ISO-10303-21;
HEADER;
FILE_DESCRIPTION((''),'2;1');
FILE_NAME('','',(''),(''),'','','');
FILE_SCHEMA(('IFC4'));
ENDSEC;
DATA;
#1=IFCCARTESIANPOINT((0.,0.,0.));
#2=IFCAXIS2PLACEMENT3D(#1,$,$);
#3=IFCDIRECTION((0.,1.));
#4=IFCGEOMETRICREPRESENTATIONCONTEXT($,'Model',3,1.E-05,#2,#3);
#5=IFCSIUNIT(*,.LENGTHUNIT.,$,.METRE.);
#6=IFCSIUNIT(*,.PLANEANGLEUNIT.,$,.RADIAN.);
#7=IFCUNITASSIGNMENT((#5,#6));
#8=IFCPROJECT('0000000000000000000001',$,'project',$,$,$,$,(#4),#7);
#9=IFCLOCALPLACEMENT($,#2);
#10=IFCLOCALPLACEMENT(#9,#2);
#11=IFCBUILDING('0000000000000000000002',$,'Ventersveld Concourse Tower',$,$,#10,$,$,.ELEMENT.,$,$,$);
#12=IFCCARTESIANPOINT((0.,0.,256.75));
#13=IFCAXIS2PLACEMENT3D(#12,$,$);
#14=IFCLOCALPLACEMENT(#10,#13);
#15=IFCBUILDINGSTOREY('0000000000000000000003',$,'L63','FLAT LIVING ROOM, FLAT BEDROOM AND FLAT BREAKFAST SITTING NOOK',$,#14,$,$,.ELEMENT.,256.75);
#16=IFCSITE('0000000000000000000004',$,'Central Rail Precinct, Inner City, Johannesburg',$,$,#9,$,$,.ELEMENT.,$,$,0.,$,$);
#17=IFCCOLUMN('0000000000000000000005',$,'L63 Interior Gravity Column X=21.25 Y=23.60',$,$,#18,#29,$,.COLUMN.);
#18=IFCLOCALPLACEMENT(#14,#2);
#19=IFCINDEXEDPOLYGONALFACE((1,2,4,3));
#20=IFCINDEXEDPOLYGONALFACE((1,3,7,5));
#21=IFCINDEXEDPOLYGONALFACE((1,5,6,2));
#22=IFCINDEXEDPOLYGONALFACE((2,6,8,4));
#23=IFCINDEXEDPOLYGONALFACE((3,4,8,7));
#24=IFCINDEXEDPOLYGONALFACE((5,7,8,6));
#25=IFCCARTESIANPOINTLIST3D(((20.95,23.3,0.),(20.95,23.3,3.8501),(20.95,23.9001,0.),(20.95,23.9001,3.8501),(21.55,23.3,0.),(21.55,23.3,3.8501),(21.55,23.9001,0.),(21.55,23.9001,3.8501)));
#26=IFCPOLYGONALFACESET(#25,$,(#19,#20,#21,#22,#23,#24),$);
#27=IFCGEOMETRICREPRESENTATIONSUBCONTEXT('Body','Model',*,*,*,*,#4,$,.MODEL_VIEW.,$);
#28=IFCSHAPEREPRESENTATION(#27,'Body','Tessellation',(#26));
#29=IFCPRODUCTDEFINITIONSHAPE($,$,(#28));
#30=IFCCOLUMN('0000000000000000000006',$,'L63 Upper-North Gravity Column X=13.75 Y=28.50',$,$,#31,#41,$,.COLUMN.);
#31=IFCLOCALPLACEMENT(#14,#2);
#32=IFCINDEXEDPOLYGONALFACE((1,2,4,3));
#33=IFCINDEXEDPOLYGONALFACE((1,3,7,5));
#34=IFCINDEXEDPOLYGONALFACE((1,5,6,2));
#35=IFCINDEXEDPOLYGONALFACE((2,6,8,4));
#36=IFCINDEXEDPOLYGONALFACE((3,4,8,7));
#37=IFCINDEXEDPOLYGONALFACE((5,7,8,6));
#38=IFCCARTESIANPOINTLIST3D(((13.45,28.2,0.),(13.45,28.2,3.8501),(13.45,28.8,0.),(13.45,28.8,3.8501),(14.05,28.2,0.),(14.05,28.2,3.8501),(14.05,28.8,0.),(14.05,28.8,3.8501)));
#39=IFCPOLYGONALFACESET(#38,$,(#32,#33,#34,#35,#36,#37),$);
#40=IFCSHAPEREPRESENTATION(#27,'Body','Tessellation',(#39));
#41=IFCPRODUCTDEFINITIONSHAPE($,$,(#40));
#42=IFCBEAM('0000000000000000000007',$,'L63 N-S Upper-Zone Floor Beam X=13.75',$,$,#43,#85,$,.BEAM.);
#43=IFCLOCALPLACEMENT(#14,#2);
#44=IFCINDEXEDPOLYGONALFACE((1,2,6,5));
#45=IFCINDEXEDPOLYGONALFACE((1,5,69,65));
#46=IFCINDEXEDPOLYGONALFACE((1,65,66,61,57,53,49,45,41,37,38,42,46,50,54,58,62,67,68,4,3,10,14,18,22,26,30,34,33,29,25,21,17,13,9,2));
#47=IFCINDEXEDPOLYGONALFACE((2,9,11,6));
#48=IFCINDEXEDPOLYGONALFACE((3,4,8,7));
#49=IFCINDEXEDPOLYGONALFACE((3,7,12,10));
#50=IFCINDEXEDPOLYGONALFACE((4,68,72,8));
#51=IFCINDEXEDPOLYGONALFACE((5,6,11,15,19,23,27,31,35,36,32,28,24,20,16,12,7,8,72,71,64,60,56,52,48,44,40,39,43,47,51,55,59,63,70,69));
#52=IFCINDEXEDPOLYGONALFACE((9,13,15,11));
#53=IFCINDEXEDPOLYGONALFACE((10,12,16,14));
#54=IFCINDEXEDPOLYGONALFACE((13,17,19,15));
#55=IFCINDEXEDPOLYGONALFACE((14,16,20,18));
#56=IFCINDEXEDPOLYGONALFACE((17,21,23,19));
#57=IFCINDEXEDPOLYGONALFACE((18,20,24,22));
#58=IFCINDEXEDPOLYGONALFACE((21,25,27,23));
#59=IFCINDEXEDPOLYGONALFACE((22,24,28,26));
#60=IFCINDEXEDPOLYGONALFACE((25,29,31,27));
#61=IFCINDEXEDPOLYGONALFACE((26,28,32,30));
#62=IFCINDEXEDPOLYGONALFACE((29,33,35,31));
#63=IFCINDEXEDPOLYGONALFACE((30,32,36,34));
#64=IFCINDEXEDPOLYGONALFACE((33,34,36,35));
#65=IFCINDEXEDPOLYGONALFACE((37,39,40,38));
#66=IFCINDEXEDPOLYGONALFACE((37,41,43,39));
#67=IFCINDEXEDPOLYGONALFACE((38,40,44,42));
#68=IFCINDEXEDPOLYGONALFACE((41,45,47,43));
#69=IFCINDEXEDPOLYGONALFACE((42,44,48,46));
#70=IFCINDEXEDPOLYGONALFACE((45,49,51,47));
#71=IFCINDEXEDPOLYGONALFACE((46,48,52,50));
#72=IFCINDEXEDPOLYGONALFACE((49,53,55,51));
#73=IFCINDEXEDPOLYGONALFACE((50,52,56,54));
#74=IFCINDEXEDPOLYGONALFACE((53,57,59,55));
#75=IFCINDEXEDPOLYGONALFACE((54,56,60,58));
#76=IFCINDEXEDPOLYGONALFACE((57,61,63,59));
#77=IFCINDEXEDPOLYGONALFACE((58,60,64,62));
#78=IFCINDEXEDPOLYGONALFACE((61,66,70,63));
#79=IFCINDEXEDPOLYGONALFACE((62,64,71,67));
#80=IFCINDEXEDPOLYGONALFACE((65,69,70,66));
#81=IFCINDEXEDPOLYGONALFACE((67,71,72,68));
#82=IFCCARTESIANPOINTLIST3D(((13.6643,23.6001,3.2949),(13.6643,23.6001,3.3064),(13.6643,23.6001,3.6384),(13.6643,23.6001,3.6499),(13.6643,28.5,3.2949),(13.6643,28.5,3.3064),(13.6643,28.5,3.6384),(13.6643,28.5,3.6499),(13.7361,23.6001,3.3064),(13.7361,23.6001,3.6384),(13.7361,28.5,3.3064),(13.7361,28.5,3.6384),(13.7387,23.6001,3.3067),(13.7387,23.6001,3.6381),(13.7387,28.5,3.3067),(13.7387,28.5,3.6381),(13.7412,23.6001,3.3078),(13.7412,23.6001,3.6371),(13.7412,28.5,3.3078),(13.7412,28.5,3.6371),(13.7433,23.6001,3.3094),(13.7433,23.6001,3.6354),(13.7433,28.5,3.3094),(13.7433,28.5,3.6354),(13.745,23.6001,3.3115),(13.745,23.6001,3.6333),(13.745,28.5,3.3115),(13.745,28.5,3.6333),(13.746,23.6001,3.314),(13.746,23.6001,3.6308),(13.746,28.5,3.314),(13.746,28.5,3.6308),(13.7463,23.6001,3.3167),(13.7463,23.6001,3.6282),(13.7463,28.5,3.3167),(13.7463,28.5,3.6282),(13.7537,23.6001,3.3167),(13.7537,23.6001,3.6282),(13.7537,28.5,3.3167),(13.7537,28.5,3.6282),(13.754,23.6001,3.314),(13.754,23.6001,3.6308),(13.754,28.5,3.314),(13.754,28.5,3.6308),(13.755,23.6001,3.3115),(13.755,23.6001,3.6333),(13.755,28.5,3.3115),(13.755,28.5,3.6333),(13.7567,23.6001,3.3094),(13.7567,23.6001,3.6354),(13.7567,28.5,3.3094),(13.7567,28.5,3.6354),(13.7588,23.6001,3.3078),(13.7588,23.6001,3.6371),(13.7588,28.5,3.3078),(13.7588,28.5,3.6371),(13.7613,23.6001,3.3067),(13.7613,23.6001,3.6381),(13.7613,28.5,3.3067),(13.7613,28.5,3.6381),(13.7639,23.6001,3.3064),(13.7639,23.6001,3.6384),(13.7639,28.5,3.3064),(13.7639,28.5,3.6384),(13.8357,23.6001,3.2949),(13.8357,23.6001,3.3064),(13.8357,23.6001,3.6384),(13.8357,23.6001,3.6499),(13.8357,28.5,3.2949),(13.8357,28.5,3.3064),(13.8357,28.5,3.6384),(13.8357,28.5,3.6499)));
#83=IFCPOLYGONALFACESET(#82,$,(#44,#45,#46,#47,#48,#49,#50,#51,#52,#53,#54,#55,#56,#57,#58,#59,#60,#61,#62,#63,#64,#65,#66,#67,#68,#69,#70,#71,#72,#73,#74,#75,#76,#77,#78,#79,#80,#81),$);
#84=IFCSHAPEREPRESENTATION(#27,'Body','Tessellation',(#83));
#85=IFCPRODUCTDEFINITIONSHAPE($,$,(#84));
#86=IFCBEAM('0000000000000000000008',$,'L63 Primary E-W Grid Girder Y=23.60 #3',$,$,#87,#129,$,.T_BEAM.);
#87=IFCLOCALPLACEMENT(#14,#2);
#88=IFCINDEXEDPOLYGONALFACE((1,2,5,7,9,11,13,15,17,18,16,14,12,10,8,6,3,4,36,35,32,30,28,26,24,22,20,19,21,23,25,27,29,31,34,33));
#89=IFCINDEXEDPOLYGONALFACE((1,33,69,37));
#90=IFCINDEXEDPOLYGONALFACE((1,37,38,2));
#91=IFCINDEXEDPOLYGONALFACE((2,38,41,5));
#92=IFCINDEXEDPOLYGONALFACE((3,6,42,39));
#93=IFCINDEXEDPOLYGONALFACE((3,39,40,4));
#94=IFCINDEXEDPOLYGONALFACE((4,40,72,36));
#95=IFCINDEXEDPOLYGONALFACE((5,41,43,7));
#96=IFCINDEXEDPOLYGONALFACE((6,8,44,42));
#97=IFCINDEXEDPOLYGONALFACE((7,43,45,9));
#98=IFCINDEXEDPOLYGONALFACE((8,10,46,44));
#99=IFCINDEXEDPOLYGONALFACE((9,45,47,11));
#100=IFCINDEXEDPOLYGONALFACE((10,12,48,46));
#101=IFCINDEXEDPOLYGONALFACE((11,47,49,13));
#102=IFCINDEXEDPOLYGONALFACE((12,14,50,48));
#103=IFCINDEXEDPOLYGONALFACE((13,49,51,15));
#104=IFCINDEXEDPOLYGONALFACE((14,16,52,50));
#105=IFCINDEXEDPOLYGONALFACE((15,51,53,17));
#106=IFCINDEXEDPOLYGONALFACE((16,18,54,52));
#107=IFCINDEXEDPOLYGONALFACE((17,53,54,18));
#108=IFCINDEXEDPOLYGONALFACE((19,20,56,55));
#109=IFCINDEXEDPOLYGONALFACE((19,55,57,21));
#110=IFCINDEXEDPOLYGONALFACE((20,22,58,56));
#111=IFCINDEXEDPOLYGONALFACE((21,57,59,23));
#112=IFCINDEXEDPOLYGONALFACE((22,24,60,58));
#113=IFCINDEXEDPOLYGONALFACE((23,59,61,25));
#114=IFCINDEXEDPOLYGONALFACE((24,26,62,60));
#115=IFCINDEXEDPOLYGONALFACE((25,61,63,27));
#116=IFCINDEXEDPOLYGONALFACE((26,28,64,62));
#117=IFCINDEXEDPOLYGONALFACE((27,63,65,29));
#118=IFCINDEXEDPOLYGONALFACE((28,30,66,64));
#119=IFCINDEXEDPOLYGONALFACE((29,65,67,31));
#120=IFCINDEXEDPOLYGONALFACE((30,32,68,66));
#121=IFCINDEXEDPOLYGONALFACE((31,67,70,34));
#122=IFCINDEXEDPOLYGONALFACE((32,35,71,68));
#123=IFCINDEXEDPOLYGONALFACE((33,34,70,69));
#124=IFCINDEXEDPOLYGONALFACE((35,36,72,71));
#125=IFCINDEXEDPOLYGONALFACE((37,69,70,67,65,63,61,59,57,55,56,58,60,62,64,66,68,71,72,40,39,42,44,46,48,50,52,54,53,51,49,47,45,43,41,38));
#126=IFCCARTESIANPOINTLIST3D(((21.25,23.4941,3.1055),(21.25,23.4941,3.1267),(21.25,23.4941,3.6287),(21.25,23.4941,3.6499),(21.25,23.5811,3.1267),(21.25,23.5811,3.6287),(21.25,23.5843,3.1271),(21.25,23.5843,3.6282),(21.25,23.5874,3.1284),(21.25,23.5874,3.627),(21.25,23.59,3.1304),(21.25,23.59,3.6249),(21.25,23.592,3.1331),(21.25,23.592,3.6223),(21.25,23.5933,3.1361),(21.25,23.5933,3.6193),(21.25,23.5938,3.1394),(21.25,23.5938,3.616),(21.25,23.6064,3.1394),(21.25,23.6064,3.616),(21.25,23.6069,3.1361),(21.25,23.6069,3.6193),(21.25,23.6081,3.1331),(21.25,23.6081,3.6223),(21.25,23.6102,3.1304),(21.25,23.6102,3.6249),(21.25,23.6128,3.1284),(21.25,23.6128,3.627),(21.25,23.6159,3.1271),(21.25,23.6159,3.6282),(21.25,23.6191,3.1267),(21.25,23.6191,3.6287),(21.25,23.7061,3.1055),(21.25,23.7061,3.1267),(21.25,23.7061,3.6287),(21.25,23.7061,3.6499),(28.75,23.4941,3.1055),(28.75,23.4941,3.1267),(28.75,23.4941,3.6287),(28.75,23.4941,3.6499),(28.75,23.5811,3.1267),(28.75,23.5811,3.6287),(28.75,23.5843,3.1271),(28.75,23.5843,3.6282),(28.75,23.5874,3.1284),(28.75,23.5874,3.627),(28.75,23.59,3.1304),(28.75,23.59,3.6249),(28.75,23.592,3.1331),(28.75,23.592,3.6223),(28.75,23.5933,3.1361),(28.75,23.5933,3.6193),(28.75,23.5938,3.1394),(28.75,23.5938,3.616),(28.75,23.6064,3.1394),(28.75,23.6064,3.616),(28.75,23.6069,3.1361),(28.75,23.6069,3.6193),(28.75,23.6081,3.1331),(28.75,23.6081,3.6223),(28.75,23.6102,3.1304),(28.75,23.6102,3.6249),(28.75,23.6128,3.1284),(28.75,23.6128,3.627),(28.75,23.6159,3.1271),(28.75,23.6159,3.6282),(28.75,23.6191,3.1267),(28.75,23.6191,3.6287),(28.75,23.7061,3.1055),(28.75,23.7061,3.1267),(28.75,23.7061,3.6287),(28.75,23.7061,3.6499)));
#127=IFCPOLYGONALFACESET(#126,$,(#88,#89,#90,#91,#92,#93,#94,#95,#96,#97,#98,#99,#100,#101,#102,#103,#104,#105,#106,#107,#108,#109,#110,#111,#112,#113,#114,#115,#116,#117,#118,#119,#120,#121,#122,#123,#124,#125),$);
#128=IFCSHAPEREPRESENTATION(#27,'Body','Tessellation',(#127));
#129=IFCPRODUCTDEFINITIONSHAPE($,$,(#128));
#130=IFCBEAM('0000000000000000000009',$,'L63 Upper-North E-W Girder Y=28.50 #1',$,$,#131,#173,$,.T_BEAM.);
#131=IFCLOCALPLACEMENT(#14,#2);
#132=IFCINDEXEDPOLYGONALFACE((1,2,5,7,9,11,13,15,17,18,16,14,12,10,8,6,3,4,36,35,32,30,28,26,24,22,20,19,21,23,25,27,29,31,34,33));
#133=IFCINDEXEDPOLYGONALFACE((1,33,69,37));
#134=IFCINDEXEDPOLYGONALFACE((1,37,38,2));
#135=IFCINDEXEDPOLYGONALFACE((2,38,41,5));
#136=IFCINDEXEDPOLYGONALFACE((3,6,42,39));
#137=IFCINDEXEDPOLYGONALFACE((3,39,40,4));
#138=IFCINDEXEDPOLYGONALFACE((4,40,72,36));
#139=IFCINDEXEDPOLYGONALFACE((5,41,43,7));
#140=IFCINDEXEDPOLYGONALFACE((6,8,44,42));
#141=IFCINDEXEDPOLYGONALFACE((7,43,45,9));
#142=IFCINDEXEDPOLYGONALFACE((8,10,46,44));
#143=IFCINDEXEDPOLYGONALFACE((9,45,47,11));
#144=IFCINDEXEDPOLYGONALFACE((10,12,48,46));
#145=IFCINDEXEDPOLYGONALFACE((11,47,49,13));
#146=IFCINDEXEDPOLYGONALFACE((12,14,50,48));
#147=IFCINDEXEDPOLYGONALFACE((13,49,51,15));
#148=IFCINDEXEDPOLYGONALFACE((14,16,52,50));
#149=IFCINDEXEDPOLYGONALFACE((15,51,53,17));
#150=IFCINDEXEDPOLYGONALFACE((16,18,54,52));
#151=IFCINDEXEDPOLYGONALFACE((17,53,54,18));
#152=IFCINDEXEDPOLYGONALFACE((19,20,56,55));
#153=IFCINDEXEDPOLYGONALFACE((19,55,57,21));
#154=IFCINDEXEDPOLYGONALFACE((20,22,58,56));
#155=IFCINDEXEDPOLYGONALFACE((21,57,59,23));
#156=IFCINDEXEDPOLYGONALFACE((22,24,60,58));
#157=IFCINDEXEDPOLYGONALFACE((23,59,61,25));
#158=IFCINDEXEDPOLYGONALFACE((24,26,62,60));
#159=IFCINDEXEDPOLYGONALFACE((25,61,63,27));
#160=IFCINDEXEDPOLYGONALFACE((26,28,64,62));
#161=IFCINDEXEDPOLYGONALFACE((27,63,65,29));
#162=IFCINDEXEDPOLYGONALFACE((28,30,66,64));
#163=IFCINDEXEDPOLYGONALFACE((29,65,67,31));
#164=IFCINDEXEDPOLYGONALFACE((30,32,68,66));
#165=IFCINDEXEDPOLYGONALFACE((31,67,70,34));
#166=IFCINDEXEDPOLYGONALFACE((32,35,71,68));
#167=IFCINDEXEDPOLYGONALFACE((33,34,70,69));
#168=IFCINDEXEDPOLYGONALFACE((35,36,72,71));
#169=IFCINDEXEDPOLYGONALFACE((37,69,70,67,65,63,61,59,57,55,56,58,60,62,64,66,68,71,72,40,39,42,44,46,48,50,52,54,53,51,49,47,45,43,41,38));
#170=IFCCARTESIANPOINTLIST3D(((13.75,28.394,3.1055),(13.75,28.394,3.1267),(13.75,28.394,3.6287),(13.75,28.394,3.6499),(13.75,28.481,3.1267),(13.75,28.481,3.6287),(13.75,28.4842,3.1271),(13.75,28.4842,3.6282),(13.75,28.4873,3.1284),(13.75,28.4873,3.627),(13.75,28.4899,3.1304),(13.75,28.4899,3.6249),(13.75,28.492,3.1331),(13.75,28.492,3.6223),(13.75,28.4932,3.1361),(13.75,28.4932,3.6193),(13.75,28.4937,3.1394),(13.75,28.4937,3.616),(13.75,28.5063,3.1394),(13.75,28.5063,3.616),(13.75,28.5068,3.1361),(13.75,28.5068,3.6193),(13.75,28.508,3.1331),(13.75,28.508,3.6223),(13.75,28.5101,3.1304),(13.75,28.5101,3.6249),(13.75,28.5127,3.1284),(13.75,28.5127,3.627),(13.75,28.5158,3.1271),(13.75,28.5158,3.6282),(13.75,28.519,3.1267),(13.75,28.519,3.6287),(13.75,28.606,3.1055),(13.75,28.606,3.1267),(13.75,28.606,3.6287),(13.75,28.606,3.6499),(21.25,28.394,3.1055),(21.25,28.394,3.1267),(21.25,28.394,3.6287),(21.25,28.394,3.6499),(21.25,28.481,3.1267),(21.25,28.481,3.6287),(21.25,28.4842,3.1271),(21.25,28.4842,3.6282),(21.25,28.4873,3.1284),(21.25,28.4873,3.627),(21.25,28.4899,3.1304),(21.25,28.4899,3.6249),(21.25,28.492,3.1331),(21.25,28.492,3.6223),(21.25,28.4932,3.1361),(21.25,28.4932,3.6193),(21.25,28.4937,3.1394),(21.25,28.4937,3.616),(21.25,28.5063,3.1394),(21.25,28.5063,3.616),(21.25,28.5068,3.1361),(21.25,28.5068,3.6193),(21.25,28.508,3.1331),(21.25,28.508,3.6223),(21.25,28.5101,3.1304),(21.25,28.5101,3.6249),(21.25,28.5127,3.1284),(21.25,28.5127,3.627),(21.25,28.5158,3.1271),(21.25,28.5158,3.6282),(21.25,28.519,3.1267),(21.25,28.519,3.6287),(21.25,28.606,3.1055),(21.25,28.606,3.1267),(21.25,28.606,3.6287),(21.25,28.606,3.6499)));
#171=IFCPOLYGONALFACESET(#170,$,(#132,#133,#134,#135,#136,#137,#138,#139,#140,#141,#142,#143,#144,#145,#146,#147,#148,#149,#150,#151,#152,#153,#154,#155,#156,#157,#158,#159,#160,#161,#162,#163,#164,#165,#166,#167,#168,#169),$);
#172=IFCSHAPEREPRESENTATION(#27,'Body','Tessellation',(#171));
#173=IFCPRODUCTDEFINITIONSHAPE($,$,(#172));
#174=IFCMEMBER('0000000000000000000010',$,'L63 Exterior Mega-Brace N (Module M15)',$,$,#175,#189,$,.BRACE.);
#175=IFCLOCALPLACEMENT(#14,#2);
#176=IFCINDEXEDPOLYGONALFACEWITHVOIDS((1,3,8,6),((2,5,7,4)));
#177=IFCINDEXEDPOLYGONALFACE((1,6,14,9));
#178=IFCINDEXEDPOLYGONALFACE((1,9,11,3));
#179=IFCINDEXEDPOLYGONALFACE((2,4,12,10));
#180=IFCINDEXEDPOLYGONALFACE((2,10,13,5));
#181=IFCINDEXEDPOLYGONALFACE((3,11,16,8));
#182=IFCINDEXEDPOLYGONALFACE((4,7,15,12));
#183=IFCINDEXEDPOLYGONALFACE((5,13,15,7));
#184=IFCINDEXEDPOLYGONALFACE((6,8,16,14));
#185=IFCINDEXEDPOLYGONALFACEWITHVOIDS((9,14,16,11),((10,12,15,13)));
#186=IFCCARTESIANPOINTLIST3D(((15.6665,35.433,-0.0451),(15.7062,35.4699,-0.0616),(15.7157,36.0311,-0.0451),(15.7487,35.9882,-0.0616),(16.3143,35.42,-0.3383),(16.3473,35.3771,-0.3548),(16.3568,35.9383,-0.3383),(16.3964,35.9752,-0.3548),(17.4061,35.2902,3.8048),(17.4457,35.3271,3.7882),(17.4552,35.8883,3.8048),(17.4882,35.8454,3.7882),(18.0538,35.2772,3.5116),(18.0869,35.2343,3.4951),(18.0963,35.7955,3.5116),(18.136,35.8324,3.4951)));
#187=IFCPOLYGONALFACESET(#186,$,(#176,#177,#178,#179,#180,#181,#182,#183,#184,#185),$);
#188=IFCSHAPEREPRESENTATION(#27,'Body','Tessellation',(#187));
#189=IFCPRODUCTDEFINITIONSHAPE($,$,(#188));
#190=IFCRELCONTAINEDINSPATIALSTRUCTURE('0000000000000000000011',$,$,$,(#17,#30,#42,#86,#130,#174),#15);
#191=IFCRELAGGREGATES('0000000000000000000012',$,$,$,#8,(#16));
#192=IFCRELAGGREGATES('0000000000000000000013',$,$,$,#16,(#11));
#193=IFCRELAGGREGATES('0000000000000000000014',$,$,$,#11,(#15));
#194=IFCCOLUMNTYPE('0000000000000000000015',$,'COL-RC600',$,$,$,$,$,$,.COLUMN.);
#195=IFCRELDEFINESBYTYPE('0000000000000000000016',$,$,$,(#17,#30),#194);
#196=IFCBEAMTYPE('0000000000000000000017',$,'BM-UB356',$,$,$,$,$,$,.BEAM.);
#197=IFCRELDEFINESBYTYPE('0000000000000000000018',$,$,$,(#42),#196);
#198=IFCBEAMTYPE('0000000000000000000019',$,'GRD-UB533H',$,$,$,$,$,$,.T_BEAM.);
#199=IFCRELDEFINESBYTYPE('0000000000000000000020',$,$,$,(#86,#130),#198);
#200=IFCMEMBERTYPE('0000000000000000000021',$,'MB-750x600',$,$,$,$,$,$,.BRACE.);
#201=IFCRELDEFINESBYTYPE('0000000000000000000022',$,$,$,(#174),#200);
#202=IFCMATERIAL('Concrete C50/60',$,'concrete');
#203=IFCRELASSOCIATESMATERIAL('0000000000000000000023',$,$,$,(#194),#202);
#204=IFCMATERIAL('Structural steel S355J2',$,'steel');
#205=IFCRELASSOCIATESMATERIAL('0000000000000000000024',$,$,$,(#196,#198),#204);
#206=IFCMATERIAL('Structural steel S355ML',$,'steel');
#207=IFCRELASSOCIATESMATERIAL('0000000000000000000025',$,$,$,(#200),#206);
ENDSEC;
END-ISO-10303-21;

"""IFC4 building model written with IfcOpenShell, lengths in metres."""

from ifc_helpers import new_model, si_unit, direction, frame, origin, origin_2d, place, context, subcontext, project, spatial, rectangle, hollow_rectangle, i_section, extrude, material, material_profile, profile_set, type_object, element, save


model = new_model("IFC4")

# Units and contexts
model_context = context("Model", 3, precision=1e-05, world=origin(), true_north=direction((0.0, 1.0)))
body_context = subcontext(model_context, "Body", "Model", "MODEL_VIEW")
ifc_project = project(units=[si_unit("LENGTHUNIT", "METRE"), si_unit("PLANEANGLEUNIT", "RADIAN")], contexts=[model_context])

# Site, building, storey
site_placement = place(None, origin())
site = spatial("IfcSite", under=ifc_project, at=site_placement, Name="Central Rail Precinct, Inner City, Johannesburg", CompositionType="ELEMENT", RefElevation=0.0)
building_placement = place(site_placement, origin())
building = spatial("IfcBuilding", under=site, at=building_placement, Name="Ventersveld Concourse Tower", CompositionType="ELEMENT")
storey_placement = place(building_placement, frame((0.0, 0.0, 256.75)))
storey = spatial("IfcBuildingStorey", under=building, at=storey_placement, Name="L63", Description="FLAT LIVING ROOM, FLAT BEDROOM AND FLAT BREAKFAST SITTING NOOK", CompositionType="ELEMENT", Elevation=256.75)

# Columns
ifc_material_1 = material(Name="Concrete C50/60", Category="concrete")
ifc_material_profile_1 = material_profile(ifc_material_1, rectangle(XDim=0.6001, YDim=0.6001, at=origin_2d()), Name="RC 600x600")
ifc_profile_set_1 = profile_set([ifc_material_profile_1], Name="Concrete C50/60")
column_type = type_object("IfcColumnType", Name="COL-RC600", PredefinedType="COLUMN", material=ifc_profile_set_1)
for number, where, z_axis, x_axis, name in (
    (1, (21.25, 23.6001, 0.0), (0.0, 0.0, 1.0), (1.0, 0.0, 0.0), "L63 Interior Gravity Column X=21.25 Y=23.60"),
    (2, (13.75, 28.5, 0.0), (0.0, 0.0, 1.0), (1.0, 0.0, 0.0), "L63 Upper-North Gravity Column X=13.75 Y=28.50"),
):
    element("IfcColumn", number, at=place(storey_placement, frame(where, z_axis=z_axis, x_axis=x_axis)), inside=storey, type_object=column_type, Name=name, PredefinedType="COLUMN", context=body_context, shape_type="SweptSolid", body=[
        extrude(rectangle(XDim=0.6001, YDim=0.6001, at=origin_2d()), origin(), (0.0, 0.0, 1.0), 3.8501),
    ])

# Beams
ifc_material_2 = material(Name="Structural steel S355J2", Category="steel")
ifc_material_profile_2 = material_profile(ifc_material_2, i_section(OverallWidth=0.1714, OverallDepth=0.355, WebThickness=0.0073, FlangeThickness=0.0115, FilletRadius=0.0103, at=origin_2d()), Name="UB 356x171x51")
ifc_profile_set_2 = profile_set([ifc_material_profile_2], Name="Structural steel S355J2")
beam_type_1 = type_object("IfcBeamType", Name="BM-UB356", PredefinedType="BEAM", material=ifc_profile_set_2)
beam_placement = place(storey_placement, frame((13.75, 23.6001, 3.4724), z_axis=(0.0, 1.0, 0.0), x_axis=(-1.0, 0.0, 0.0)))
element("IfcBeam", 3, at=beam_placement, inside=storey, type_object=beam_type_1, Name="L63 N-S Upper-Zone Floor Beam X=13.75", PredefinedType="BEAM", context=body_context, shape_type="SweptSolid", body=[
    extrude(i_section(OverallWidth=0.1714, OverallDepth=0.355, WebThickness=0.0073, FlangeThickness=0.0115, FilletRadius=0.0103, at=origin_2d()), origin(), (0.0, 0.0, 1.0), 4.8999),
])
ifc_material_profile_3 = material_profile(ifc_material_2, i_section(OverallWidth=0.2119, OverallDepth=0.5444, WebThickness=0.0127, FlangeThickness=0.0212, FilletRadius=0.0127, at=origin_2d()), Name="UB 533x210x122")
ifc_profile_set_3 = profile_set([ifc_material_profile_3], Name="Structural steel S355J2")
beam_type_2 = type_object("IfcBeamType", Name="GRD-UB533H", PredefinedType="T_BEAM", material=ifc_profile_set_3)
for number, where, z_axis, x_axis, name in (
    (4, (21.25, 23.6001, 3.3777), (1.0, 0.0, 0.0), (0.0, 1.0, 0.0), "L63 Primary E-W Grid Girder Y=23.60 #3"),
    (5, (13.75, 28.5, 3.3777), (1.0, 0.0, 0.0), (0.0, 1.0, 0.0), "L63 Upper-North E-W Girder Y=28.50 #1"),
):
    element("IfcBeam", number, at=place(storey_placement, frame(where, z_axis=z_axis, x_axis=x_axis)), inside=storey, type_object=beam_type_2, Name=name, PredefinedType="T_BEAM", context=body_context, shape_type="SweptSolid", body=[
        extrude(i_section(OverallWidth=0.2119, OverallDepth=0.5444, WebThickness=0.0127, FlangeThickness=0.0212, FilletRadius=0.0127, at=origin_2d()), origin(), (0.0, 0.0, 1.0), 7.5),
    ])

# Member
ifc_material_3 = material(Name="Structural steel S355ML", Category="steel")
ifc_material_profile_4 = material_profile(ifc_material_3, hollow_rectangle(XDim=0.6001, YDim=0.75, WallThickness=0.04, at=origin_2d()), Name="BOX 750x600x40")
ifc_profile_set_4 = profile_set([ifc_material_profile_4], Name="Structural steel S355ML")
member_type = type_object("IfcMemberType", Name="MB-750x600", PredefinedType="BRACE", material=ifc_profile_set_4)
member_placement = place(storey_placement, frame((16.0315, 35.7041, -0.2), z_axis=(0.41152, -0.033788, 0.910774), x_axis=(0.08183, 0.996646, 0.0)))
element("IfcMember", 6, at=member_placement, inside=storey, type_object=member_type, Name="L63 Exterior Mega-Brace N (Module M15)", PredefinedType="BRACE", context=body_context, shape_type="SweptSolid", body=[
    extrude(hollow_rectangle(XDim=0.6001, YDim=0.75, WallThickness=0.04, at=origin_2d()), origin(), (0.0, 0.0, 1.0), 4.2271),
])

save(model, "model.ifc")
